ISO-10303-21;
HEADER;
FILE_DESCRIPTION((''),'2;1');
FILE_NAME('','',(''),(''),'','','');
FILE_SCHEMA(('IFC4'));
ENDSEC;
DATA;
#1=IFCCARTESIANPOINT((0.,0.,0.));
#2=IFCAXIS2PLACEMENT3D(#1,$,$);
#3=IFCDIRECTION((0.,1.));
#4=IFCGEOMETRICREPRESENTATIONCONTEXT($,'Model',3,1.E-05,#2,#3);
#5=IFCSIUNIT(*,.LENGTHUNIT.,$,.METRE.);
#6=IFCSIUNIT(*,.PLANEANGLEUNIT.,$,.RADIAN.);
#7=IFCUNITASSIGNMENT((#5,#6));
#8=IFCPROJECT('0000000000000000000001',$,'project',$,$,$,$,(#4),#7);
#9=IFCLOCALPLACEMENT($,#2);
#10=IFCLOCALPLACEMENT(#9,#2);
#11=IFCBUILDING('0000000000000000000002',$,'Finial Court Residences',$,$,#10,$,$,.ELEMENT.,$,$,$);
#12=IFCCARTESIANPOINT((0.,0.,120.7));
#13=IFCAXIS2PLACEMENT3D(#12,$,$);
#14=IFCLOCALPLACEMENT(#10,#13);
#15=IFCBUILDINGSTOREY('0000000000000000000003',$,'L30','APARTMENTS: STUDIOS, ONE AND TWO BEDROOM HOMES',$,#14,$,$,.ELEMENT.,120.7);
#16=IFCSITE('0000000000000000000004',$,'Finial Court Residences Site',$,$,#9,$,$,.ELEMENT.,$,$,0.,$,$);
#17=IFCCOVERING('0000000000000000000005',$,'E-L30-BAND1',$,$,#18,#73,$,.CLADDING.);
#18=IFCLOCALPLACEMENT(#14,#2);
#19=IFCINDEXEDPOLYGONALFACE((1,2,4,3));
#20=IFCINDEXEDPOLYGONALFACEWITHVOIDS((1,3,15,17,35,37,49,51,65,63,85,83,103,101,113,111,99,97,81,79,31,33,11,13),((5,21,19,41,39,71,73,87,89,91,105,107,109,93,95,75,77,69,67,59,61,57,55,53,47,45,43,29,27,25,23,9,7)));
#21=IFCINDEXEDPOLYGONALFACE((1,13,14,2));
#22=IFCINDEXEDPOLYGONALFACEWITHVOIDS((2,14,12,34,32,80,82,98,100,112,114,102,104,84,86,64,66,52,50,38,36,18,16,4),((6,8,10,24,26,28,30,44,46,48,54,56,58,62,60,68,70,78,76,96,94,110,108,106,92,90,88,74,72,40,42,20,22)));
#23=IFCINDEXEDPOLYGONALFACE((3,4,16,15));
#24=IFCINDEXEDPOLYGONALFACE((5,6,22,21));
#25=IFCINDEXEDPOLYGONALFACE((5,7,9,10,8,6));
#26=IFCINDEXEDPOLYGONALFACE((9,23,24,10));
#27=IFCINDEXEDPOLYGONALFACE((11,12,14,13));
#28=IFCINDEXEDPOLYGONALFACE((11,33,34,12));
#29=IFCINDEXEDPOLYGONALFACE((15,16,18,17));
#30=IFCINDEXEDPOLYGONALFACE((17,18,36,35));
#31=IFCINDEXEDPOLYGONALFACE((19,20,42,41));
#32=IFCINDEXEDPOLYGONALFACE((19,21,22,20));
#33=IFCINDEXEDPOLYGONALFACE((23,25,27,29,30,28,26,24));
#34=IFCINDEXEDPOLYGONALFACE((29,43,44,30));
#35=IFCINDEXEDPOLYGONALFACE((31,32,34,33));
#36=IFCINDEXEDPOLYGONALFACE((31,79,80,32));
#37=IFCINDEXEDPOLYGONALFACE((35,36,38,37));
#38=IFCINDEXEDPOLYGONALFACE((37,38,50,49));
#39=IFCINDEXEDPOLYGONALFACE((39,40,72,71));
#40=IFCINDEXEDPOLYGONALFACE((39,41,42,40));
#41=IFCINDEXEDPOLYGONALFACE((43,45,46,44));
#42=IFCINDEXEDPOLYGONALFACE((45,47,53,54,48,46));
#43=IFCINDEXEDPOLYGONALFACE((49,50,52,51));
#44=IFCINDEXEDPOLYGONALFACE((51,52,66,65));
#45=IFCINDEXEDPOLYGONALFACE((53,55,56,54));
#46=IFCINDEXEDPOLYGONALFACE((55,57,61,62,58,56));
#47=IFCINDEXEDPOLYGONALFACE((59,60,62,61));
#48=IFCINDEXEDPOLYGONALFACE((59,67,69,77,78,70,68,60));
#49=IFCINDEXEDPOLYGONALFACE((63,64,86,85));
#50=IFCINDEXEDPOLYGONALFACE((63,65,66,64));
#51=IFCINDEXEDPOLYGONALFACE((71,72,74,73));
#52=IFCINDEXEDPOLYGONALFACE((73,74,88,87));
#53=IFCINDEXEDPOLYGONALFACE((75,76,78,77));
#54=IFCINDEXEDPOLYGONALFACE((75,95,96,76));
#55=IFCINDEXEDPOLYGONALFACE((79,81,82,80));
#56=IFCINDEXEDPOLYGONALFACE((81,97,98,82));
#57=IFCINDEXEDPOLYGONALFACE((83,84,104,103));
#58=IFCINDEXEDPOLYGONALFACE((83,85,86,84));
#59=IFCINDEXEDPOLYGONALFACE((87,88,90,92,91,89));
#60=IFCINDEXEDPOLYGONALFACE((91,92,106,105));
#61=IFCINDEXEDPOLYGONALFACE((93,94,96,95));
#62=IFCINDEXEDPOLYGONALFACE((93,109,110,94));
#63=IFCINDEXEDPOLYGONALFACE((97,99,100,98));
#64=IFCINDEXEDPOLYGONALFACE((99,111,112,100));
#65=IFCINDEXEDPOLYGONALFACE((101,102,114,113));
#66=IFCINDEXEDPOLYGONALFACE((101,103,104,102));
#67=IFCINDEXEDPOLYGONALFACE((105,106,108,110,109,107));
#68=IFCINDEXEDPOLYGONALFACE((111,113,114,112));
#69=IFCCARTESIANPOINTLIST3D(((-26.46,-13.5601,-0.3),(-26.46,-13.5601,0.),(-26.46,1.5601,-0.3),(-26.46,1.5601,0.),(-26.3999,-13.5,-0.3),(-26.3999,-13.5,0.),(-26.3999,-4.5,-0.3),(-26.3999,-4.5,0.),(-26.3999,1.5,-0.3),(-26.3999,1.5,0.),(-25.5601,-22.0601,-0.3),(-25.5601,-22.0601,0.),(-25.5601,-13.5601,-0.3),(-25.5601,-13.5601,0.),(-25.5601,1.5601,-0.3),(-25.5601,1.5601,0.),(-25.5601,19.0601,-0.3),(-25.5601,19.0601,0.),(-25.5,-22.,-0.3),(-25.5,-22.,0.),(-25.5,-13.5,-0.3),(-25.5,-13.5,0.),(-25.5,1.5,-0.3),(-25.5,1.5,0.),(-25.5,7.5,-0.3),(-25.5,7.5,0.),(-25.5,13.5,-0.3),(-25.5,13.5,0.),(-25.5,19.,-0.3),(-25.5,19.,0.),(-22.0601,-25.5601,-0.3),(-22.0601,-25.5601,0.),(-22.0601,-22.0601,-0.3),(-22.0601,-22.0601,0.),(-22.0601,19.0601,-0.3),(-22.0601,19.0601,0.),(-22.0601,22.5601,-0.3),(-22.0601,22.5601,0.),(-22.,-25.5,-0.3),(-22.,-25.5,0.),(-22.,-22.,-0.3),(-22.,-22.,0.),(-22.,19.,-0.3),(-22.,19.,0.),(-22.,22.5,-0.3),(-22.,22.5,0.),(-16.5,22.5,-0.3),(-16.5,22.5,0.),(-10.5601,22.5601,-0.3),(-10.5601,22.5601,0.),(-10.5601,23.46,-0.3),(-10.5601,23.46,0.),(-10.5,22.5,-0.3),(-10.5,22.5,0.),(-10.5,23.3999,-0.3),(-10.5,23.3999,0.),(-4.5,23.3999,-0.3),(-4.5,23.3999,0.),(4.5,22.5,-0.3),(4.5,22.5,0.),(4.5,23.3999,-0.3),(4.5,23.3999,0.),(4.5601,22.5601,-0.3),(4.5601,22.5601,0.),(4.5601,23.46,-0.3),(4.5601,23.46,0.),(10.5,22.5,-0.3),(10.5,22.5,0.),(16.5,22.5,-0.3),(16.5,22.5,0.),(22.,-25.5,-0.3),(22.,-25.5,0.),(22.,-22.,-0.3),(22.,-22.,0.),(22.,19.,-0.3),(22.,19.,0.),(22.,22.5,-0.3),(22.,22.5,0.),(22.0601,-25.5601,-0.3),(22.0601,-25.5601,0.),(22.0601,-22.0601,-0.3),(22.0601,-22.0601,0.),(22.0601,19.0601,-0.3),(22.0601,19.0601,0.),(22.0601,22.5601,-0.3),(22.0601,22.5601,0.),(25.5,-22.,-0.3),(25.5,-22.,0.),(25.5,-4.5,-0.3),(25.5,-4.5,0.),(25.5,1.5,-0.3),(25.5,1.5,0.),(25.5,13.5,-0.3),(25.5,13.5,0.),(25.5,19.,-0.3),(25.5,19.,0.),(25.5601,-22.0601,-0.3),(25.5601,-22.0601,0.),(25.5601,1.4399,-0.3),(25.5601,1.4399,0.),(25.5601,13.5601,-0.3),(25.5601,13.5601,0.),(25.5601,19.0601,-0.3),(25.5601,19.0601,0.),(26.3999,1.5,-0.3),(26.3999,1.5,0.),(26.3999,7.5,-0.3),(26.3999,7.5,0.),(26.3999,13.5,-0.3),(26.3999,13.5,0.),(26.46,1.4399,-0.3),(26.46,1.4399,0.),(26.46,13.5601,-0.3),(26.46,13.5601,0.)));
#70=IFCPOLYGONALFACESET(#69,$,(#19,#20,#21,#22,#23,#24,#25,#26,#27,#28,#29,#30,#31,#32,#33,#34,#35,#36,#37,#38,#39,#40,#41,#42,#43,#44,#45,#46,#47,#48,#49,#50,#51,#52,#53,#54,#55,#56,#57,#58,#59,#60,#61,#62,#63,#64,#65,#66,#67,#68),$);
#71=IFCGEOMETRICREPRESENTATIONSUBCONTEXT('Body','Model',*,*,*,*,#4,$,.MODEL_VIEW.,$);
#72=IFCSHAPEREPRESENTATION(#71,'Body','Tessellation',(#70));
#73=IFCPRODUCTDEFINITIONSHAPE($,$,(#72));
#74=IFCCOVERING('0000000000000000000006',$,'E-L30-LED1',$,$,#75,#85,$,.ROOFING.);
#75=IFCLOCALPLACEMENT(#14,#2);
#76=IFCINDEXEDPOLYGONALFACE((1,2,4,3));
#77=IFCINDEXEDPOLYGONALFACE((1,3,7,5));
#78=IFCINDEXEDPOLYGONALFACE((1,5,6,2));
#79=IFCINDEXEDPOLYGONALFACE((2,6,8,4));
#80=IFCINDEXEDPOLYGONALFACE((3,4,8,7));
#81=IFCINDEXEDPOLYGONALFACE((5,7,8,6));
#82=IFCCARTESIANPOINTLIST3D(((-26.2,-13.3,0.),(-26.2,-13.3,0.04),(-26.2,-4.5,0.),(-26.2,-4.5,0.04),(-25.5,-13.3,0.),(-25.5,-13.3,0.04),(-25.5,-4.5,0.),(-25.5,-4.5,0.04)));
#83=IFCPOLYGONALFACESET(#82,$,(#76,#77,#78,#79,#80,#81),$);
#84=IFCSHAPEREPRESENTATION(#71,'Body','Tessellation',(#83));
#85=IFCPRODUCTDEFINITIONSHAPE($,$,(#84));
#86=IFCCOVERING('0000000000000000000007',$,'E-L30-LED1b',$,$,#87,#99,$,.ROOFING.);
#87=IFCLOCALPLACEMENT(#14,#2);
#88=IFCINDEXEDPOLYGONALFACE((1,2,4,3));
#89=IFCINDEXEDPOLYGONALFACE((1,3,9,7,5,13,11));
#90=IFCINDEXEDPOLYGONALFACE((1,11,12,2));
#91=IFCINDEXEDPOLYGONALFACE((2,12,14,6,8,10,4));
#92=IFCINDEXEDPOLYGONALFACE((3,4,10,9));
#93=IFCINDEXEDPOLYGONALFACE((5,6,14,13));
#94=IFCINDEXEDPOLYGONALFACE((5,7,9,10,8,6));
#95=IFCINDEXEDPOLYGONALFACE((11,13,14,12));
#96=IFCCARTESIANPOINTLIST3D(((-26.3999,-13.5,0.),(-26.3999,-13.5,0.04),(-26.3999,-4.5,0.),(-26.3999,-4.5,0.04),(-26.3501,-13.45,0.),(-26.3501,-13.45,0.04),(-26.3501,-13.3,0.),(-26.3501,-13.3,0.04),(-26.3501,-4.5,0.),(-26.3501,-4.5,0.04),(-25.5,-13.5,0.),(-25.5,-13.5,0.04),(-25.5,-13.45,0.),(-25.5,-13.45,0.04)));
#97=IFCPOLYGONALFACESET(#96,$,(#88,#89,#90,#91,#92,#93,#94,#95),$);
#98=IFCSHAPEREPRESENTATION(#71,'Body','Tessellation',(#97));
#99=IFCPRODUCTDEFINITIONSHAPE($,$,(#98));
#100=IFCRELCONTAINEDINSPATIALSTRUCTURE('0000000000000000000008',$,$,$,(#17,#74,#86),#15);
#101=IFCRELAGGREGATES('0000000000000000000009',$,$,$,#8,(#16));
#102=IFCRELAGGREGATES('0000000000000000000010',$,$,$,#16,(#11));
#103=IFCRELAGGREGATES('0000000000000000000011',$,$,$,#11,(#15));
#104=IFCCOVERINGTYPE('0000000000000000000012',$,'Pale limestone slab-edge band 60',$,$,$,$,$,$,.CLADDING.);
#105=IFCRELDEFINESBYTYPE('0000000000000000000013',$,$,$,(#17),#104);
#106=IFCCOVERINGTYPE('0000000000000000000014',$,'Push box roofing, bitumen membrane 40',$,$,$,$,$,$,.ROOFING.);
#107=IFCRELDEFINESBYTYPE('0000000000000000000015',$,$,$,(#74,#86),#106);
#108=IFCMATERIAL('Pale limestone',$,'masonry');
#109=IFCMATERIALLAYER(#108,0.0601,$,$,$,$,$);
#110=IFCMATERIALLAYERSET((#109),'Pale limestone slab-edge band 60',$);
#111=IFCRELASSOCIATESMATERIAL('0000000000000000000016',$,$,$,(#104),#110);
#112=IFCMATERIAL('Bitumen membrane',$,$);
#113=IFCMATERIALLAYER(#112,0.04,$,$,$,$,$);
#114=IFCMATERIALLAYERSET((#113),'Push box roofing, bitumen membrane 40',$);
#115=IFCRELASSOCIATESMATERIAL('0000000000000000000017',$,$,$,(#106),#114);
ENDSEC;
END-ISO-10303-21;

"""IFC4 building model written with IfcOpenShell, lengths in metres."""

from ifc_helpers import new_model, si_unit, direction, frame, origin, place, context, subcontext, project, spatial, polyline, outline, extrude, material, layer, layer_set, type_object, element, save


model = new_model("IFC4")

# Units and contexts
model_context = context("Model", 3, precision=1e-05, world=origin(), true_north=direction((0.0, 1.0)))
body_context = subcontext(model_context, "Body", "Model", "MODEL_VIEW")
ifc_project = project(units=[si_unit("LENGTHUNIT", "METRE"), si_unit("PLANEANGLEUNIT", "RADIAN")], contexts=[model_context])

# Site, building, storey
site_placement = place(None, origin())
site = spatial("IfcSite", under=ifc_project, at=site_placement, Name="Finial Court Residences Site", CompositionType="ELEMENT", RefElevation=0.0)
building_placement = place(site_placement, origin())
building = spatial("IfcBuilding", under=site, at=building_placement, Name="Finial Court Residences", CompositionType="ELEMENT")
storey_placement = place(building_placement, frame((0.0, 0.0, 120.7)))
storey = spatial("IfcBuildingStorey", under=building, at=storey_placement, Name="L30", Description="APARTMENTS: STUDIOS, ONE AND TWO BEDROOM HOMES", CompositionType="ELEMENT", Elevation=120.7)

# Coverings
ifc_material_1 = material(Name="Pale limestone", Category="masonry")
ifc_layer_1 = layer(ifc_material_1, 0.0601)
ifc_layer_set_1 = layer_set([ifc_layer_1], Name="Pale limestone slab-edge band 60")
covering_type_1 = type_object("IfcCoveringType", Name="Pale limestone slab-edge band 60", PredefinedType="CLADDING", material=ifc_layer_set_1)
covering_1_placement = place(storey_placement, frame((0.0, 0.0, -0.3)))
element("IfcCovering", 1, at=covering_1_placement, inside=storey, type_object=covering_type_1, Name="E-L30-BAND1", PredefinedType="CLADDING", context=body_context, shape_type="SweptSolid", body=[
    extrude(outline(polyline([(-25.5601, 1.5601), (-25.5601, 19.0601), (-22.0601, 19.0601), (-22.0601, 22.5601), (-10.5601, 22.5601), (-10.5601, 23.46), (4.5601, 23.46), (4.5601, 22.5601), (22.0601, 22.5601), (22.0601, 19.0601), (25.5601, 19.0601), (25.5601, 13.5601), (26.46, 13.5601), (26.46, 1.4399), (25.5601, 1.4399), (25.5601, -22.0601), (22.0601, -22.0601), (22.0601, -25.5601), (-22.0601, -25.5601), (-22.0601, -22.0601), (-25.5601, -22.0601), (-25.5601, -13.5601), (-26.46, -13.5601), (-26.46, 1.5601), (-25.5601, 1.5601)]), holes=[polyline([(-26.3999, -13.5), (-25.5, -13.5), (-25.5, -22.0), (-22.0, -22.0), (-22.0, -25.5), (22.0, -25.5), (22.0, -22.0), (25.5, -22.0), (25.5, -4.5), (25.5, 1.5), (26.3999, 1.5), (26.3999, 7.5), (26.3999, 13.5), (25.5, 13.5), (25.5, 19.0), (22.0, 19.0), (22.0, 22.5), (16.5, 22.5), (10.5, 22.5), (4.5, 22.5), (4.5, 23.3999), (-4.5, 23.3999), (-10.5, 23.3999), (-10.5, 22.5), (-16.5, 22.5), (-22.0, 22.5), (-22.0, 19.0), (-25.5, 19.0), (-25.5, 13.5), (-25.5, 7.5), (-25.5, 1.5), (-26.3999, 1.5), (-26.3999, -4.5), (-26.3999, -13.5)])]), origin(), (0.0, 0.0, 1.0), 0.3),
])
ifc_material_2 = material(Name="Bitumen membrane")
ifc_layer_2 = layer(ifc_material_2, 0.04)
ifc_layer_set_2 = layer_set([ifc_layer_2], Name="Push box roofing, bitumen membrane 40")
covering_type_2 = type_object("IfcCoveringType", Name="Push box roofing, bitumen membrane 40", PredefinedType="ROOFING", material=ifc_layer_set_2)
covering_2_placement = place(storey_placement, origin())
element("IfcCovering", 2, at=covering_2_placement, inside=storey, type_object=covering_type_2, Name="E-L30-LED1", PredefinedType="ROOFING", context=body_context, shape_type="SweptSolid", body=[
    extrude(outline(polyline([(-25.5, -13.3), (-26.2, -13.3), (-26.2, -4.5), (-25.5, -4.5), (-25.5, -13.3)])), origin(), (0.0, 0.0, 1.0), 0.04),
])
covering_3_placement = place(storey_placement, origin())
element("IfcCovering", 3, at=covering_3_placement, inside=storey, type_object=covering_type_2, Name="E-L30-LED1b", PredefinedType="ROOFING", context=body_context, shape_type="SweptSolid", body=[
    extrude(outline(polyline([(-25.5, -13.5), (-26.3999, -13.5), (-26.3999, -4.5), (-26.3501, -4.5), (-26.3501, -13.3), (-26.3501, -13.3), (-26.3501, -13.45), (-25.5, -13.45), (-25.5, -13.5)])), origin(), (0.0, 0.0, 1.0), 0.04),
])

save(model, "model.ifc")
